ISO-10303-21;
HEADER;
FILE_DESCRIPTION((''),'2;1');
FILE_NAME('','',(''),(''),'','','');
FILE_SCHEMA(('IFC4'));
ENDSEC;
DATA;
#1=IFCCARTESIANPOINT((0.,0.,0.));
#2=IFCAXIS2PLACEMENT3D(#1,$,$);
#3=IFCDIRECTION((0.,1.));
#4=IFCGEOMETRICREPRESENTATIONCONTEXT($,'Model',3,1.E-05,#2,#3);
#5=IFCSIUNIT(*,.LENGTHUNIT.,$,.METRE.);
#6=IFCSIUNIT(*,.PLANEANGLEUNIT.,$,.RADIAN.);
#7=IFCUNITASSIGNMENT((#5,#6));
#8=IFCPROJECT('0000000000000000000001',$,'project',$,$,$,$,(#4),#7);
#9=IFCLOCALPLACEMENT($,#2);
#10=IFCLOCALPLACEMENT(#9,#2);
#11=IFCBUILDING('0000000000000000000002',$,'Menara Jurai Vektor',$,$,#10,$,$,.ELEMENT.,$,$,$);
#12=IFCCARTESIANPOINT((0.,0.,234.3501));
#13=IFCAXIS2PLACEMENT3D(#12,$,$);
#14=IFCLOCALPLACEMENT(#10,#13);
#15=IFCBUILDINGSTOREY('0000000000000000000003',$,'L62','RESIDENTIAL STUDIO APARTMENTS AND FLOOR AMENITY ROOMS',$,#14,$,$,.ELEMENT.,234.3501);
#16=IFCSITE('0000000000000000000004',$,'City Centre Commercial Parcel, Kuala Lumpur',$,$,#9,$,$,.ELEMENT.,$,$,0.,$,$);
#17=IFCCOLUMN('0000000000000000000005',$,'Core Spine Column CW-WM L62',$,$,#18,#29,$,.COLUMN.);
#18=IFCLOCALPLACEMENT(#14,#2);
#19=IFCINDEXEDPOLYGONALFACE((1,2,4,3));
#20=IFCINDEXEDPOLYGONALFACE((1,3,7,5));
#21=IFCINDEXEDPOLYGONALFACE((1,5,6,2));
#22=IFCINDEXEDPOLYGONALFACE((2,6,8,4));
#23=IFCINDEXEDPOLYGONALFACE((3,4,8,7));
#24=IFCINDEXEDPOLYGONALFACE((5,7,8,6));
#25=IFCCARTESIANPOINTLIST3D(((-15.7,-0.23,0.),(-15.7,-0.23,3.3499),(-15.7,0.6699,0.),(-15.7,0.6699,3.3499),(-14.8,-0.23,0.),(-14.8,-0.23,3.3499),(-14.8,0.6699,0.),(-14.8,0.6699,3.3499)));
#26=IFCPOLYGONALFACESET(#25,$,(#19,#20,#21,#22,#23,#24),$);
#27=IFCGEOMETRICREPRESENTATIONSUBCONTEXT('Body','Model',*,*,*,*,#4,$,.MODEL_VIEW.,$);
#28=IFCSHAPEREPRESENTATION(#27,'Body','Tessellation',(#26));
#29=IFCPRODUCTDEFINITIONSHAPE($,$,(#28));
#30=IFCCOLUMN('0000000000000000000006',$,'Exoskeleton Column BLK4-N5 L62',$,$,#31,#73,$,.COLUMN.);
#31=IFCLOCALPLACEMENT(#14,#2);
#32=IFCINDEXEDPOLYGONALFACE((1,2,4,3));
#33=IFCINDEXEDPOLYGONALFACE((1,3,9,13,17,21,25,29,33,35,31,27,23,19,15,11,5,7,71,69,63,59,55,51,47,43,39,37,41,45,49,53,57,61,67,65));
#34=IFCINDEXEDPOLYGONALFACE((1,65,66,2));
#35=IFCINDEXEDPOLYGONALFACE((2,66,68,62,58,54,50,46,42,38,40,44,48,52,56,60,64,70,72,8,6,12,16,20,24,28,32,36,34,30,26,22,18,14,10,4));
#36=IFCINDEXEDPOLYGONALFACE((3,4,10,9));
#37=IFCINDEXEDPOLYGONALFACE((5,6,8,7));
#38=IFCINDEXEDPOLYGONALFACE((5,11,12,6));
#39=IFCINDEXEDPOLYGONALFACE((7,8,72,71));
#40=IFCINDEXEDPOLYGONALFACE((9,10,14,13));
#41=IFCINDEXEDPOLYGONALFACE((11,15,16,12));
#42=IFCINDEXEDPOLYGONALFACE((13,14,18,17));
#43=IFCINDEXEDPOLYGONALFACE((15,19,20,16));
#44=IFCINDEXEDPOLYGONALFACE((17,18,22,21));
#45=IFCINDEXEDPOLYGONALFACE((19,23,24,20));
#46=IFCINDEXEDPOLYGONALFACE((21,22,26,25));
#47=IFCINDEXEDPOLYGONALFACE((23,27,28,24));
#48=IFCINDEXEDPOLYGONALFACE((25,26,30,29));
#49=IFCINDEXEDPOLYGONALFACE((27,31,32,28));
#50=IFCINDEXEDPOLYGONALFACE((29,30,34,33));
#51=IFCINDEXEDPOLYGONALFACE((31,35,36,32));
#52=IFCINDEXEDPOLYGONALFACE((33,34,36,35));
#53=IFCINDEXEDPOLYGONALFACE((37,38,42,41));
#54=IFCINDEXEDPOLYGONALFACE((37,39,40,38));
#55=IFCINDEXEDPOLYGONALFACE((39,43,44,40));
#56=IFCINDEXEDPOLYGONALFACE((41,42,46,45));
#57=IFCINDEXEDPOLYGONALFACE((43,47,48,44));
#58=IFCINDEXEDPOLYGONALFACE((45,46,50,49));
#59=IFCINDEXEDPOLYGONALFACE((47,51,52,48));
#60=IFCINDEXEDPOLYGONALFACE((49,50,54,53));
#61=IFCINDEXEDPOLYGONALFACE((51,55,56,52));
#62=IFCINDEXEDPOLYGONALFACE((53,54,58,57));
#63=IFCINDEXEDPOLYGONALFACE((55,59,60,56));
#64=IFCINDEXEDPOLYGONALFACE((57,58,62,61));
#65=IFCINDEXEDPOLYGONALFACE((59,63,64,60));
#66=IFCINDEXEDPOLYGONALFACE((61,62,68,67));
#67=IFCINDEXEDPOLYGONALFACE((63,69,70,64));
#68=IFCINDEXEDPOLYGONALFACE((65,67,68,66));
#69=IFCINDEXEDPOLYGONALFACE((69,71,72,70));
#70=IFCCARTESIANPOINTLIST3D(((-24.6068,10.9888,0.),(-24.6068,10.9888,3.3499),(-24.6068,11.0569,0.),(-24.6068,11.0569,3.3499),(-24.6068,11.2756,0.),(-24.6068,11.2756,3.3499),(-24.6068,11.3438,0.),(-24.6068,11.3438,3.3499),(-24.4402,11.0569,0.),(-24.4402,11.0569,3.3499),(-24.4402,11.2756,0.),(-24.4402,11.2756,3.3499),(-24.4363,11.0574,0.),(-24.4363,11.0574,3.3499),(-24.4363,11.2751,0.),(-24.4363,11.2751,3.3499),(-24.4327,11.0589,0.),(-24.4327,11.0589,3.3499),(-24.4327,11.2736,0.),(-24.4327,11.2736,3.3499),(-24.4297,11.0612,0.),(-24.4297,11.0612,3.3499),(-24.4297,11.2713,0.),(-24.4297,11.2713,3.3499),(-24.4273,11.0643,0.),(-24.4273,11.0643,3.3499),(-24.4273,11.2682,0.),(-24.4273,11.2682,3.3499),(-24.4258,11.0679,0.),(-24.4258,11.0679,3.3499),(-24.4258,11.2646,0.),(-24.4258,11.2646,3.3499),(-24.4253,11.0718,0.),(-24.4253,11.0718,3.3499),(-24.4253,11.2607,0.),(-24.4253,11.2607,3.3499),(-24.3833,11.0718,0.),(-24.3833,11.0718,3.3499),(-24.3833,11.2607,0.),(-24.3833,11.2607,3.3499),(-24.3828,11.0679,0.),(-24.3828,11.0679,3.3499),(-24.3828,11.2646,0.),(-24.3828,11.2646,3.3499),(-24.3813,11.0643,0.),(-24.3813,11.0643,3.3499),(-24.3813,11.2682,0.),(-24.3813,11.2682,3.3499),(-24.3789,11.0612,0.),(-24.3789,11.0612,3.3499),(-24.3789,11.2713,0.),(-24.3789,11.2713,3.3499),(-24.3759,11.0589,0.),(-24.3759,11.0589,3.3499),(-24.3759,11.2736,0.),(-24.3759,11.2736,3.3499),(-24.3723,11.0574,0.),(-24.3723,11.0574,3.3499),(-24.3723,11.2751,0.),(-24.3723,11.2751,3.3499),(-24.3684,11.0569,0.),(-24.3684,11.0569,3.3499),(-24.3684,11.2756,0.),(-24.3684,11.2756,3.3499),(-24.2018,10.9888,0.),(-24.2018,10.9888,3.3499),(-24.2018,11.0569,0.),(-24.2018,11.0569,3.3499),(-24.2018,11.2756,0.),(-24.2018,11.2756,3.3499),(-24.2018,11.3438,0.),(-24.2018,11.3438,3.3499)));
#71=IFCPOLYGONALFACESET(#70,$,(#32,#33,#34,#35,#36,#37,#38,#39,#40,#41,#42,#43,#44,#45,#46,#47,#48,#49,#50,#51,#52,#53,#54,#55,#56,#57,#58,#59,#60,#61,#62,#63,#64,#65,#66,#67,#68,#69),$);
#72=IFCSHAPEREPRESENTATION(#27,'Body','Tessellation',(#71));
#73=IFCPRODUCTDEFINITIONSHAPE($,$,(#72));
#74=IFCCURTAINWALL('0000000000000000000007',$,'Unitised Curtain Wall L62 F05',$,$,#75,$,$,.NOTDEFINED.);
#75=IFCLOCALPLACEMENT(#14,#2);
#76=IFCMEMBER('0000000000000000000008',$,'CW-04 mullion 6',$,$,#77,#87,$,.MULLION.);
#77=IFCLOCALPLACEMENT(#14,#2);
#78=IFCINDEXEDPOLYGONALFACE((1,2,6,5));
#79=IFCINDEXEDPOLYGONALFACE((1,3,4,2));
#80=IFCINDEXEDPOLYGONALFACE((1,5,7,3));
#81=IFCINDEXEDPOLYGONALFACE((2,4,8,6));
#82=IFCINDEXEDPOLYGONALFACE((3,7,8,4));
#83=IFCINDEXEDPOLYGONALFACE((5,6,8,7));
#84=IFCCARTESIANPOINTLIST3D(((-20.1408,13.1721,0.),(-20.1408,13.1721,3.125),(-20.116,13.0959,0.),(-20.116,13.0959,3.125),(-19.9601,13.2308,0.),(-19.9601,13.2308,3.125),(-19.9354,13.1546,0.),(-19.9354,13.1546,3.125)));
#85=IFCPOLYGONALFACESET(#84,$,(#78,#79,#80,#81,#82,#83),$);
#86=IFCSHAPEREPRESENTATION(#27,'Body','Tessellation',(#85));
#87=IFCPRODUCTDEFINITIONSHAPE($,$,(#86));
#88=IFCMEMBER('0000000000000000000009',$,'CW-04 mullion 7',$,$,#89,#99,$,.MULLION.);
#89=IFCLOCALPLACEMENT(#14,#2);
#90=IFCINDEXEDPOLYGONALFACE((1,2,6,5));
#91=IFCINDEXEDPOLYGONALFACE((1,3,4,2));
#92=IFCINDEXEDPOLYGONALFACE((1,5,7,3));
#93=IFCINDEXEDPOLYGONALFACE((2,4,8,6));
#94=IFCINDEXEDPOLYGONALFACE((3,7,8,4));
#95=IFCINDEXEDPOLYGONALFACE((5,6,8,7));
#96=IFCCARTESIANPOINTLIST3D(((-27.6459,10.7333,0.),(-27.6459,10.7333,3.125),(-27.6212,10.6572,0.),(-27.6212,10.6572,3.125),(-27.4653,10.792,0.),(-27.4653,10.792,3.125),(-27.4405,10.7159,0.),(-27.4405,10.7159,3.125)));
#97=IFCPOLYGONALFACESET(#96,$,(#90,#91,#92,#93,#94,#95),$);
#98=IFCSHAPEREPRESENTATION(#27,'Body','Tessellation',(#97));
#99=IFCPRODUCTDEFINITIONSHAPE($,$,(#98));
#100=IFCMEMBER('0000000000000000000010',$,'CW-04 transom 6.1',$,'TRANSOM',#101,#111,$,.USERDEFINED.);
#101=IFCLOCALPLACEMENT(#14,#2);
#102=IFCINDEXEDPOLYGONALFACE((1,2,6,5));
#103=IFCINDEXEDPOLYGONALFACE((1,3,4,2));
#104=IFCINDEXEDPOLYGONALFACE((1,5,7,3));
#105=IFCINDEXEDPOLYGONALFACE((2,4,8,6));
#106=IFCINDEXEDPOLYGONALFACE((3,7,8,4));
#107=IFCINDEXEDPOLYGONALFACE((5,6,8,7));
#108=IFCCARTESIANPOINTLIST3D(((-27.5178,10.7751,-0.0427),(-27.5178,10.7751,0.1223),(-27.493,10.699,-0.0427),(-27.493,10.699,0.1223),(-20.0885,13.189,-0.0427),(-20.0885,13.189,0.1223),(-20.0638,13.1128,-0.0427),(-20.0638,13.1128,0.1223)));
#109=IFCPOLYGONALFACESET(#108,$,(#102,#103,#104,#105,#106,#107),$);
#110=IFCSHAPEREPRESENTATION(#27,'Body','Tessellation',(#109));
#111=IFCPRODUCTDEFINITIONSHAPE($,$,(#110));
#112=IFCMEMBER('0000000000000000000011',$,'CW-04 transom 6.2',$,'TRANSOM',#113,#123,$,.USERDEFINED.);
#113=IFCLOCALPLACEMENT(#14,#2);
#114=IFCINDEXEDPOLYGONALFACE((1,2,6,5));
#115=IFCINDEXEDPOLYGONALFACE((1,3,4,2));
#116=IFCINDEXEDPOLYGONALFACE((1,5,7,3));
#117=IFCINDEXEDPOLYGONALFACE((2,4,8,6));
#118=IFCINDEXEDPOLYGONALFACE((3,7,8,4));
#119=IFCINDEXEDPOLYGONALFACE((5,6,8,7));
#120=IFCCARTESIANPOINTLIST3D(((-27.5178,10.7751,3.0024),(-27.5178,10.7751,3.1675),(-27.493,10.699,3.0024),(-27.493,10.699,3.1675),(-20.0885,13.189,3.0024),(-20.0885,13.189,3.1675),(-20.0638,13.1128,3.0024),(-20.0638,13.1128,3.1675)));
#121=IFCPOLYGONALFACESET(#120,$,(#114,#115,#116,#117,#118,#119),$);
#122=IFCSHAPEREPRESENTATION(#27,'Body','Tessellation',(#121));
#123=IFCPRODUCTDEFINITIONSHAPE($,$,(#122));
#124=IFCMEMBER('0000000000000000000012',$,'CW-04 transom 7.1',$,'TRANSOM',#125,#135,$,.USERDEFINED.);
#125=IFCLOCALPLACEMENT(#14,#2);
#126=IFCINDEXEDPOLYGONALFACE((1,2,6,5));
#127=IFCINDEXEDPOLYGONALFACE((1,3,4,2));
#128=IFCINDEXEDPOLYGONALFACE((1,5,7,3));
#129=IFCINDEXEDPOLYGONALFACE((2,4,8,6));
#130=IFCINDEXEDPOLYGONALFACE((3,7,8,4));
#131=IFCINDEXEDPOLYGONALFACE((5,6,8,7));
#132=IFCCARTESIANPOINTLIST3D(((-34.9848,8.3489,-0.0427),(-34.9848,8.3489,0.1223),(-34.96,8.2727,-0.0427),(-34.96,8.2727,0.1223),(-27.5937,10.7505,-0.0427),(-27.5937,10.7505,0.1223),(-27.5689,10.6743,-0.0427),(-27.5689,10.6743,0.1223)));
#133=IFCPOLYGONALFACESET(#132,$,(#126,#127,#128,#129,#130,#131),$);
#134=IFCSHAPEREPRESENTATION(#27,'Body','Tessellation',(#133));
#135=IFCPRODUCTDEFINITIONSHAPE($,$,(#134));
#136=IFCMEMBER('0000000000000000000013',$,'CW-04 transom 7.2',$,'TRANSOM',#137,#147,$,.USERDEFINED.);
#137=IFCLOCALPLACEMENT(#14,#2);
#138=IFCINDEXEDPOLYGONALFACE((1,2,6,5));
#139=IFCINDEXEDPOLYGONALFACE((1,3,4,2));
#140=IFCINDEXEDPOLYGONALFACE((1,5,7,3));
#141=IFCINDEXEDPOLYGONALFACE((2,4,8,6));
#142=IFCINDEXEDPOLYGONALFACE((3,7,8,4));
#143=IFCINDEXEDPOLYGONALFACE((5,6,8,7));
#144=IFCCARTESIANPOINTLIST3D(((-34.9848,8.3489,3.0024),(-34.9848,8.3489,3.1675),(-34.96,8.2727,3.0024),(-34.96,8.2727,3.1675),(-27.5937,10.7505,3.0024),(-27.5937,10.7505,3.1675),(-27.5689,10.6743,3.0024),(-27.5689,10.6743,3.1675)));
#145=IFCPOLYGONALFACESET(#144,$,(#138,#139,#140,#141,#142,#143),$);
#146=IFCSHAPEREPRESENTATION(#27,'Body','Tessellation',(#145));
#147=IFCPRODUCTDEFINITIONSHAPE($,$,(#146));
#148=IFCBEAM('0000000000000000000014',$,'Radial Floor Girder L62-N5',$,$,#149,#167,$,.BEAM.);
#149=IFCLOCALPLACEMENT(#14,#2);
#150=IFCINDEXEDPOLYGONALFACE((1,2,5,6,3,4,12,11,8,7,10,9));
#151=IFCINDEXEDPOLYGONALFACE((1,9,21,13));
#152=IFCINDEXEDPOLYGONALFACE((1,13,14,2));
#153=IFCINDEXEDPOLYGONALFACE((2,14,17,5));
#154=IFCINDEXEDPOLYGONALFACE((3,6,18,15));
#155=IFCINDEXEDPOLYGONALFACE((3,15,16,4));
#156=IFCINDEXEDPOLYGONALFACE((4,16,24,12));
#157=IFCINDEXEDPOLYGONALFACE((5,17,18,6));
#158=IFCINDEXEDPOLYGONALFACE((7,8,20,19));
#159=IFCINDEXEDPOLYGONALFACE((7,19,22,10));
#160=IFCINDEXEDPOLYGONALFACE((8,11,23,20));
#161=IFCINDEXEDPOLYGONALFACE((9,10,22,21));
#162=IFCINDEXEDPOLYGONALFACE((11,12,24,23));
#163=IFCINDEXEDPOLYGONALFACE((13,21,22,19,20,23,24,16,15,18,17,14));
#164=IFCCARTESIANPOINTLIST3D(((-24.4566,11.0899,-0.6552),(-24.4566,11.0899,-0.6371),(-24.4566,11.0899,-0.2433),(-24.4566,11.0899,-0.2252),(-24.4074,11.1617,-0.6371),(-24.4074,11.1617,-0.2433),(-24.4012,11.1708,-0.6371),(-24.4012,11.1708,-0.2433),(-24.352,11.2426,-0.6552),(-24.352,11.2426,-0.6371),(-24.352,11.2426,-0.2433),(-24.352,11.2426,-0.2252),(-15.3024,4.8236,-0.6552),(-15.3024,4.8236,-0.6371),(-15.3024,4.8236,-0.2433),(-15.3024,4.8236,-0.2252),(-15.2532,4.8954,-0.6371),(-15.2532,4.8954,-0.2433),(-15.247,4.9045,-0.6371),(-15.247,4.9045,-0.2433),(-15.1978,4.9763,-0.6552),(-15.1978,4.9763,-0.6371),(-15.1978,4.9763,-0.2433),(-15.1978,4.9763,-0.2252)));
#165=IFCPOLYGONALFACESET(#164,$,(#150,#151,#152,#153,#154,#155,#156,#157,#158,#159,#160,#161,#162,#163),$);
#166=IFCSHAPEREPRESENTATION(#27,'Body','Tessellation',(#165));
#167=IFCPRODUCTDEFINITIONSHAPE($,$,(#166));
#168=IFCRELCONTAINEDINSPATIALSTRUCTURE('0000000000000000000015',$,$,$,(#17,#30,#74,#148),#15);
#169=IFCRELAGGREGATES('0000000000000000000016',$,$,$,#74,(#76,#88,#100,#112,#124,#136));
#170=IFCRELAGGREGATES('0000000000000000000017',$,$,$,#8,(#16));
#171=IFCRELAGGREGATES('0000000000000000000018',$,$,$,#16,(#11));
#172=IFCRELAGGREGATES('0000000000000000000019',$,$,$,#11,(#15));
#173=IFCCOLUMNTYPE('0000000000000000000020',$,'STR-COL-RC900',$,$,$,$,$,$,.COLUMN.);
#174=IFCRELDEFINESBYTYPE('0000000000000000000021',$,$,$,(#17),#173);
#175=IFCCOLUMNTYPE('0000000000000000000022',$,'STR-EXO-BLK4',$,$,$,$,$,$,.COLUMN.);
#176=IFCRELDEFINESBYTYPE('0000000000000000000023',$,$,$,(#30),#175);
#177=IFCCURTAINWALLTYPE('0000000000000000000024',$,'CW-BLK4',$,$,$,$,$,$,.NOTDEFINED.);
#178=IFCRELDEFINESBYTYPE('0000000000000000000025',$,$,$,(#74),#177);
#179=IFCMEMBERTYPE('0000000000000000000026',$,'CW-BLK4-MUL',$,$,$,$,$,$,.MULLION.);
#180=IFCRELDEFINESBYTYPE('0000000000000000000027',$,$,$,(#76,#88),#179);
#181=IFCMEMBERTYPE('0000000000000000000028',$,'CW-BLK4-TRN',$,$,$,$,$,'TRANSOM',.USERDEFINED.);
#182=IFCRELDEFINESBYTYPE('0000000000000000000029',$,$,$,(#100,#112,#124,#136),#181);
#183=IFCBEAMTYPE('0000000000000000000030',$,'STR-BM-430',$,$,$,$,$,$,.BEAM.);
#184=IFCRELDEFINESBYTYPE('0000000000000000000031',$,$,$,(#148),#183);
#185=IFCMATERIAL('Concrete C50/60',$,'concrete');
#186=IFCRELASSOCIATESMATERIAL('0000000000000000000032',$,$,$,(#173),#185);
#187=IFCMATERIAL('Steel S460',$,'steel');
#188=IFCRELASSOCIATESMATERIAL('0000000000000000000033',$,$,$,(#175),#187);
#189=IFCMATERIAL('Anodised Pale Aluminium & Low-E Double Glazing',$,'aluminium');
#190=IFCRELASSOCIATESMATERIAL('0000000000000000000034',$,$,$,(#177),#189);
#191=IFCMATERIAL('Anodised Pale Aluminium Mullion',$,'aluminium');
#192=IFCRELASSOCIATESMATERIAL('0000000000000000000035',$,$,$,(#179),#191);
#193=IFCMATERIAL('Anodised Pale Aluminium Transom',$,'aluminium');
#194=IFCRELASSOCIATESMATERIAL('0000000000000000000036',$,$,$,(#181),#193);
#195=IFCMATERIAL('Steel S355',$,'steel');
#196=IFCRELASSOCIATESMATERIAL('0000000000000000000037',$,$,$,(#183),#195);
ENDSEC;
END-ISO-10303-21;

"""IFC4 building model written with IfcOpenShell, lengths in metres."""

from ifc_helpers import new_model, si_unit, direction, frame, origin, origin_2d, place, context, subcontext, project, spatial, rectangle, i_section, extrude, material, material_profile, profile_set, type_object, element, aggregate, save


model = new_model("IFC4")

# Units and contexts
model_context = context("Model", 3, precision=1e-05, world=origin(), true_north=direction((0.0, 1.0)))
body_context = subcontext(model_context, "Body", "Model", "MODEL_VIEW")
ifc_project = project(units=[si_unit("LENGTHUNIT", "METRE"), si_unit("PLANEANGLEUNIT", "RADIAN")], contexts=[model_context])

# Site, building, storey
site_placement = place(None, origin())
site = spatial("IfcSite", under=ifc_project, at=site_placement, Name="City Centre Commercial Parcel, Kuala Lumpur", CompositionType="ELEMENT", RefElevation=0.0)
building_placement = place(site_placement, origin())
building = spatial("IfcBuilding", under=site, at=building_placement, Name="Menara Jurai Vektor", CompositionType="ELEMENT")
storey_placement = place(building_placement, frame((0.0, 0.0, 234.3501)))
storey = spatial("IfcBuildingStorey", under=building, at=storey_placement, Name="L62", Description="RESIDENTIAL STUDIO APARTMENTS AND FLOOR AMENITY ROOMS", CompositionType="ELEMENT", Elevation=234.3501)

# Columns
ifc_material_1 = material(Name="Concrete C50/60", Category="concrete")
ifc_material_profile_1 = material_profile(ifc_material_1, rectangle(XDim=0.8999, YDim=0.8999, at=origin_2d()), Name="RC 900x900")
ifc_profile_set_1 = profile_set([ifc_material_profile_1], Name="Concrete C50/60")
column_type_1 = type_object("IfcColumnType", Name="STR-COL-RC900", PredefinedType="COLUMN", material=ifc_profile_set_1)
column_1_placement = place(storey_placement, frame((-15.25, 0.22, 0.0), z_axis=(0.0, 0.0, 1.0), x_axis=(1.0, 0.0, 0.0)))
element("IfcColumn", 1, at=column_1_placement, inside=storey, type_object=column_type_1, Name="Core Spine Column CW-WM L62", PredefinedType="COLUMN", context=body_context, shape_type="SweptSolid", body=[
    extrude(rectangle(XDim=0.8999, YDim=0.8999, at=origin_2d()), origin(), (0.0, 0.0, 1.0), 3.3499),
])
ifc_material_2 = material(Name="Steel S460", Category="steel")
ifc_material_profile_2 = material_profile(ifc_material_2, i_section(OverallWidth=0.405, OverallDepth=0.355, WebThickness=0.042, FlangeThickness=0.0681, FilletRadius=0.0149, at=origin_2d()), Name="HD 400x551")
ifc_profile_set_2 = profile_set([ifc_material_profile_2], Name="Steel S460")
column_type_2 = type_object("IfcColumnType", Name="STR-EXO-BLK4", PredefinedType="COLUMN", material=ifc_profile_set_2)
column_2_placement = place(storey_placement, frame((-24.4043, 11.1663, 0.0), z_axis=(0.0, 0.0, 1.0), x_axis=(1.0, 0.0, 0.0)))
element("IfcColumn", 2, at=column_2_placement, inside=storey, type_object=column_type_2, Name="Exoskeleton Column BLK4-N5 L62", PredefinedType="COLUMN", context=body_context, shape_type="SweptSolid", body=[
    extrude(i_section(OverallWidth=0.405, OverallDepth=0.355, WebThickness=0.042, FlangeThickness=0.0681, FilletRadius=0.0149, at=origin_2d()), origin(), (0.0, 0.0, 1.0), 3.3499),
])

# Curtain wall, members
ifc_material_3 = material(Name="Anodised Pale Aluminium & Low-E Double Glazing", Category="aluminium")
curtain_wall_type = type_object("IfcCurtainWallType", Name="CW-BLK4", PredefinedType="NOTDEFINED", material=ifc_material_3)
curtain_wall_placement = place(storey_placement, origin())
curtain_wall = element("IfcCurtainWall", 3, at=curtain_wall_placement, inside=storey, type_object=curtain_wall_type, Name="Unitised Curtain Wall L62 F05", PredefinedType="NOTDEFINED")
ifc_material_4 = material(Name="Anodised Pale Aluminium Mullion", Category="aluminium")
ifc_material_profile_3 = material_profile(ifc_material_4, rectangle(XDim=0.0801, YDim=0.1899, at=origin_2d()), Name="ALU MUL 80x190")
ifc_profile_set_3 = profile_set([ifc_material_profile_3], Name="Anodised Pale Aluminium Mullion")
member_type_1 = type_object("IfcMemberType", Name="CW-BLK4-MUL", PredefinedType="MULLION", material=ifc_profile_set_3)
member_1_placement = place(storey_placement, frame((-20.0381, 13.1633, 0.0), z_axis=(0.0, 0.0, 1.0), x_axis=(0.309017, -0.951056, 0.0)))
member_1 = element("IfcMember", 4, at=member_1_placement, type_object=member_type_1, Name="CW-04 mullion 6", PredefinedType="MULLION", context=body_context, shape_type="SweptSolid", body=[
    extrude(rectangle(XDim=0.0801, YDim=0.1899, at=origin_2d()), origin(), (0.0, 0.0, 1.0), 3.125),
])
member_2_placement = place(storey_placement, frame((-27.5432, 10.7246, 0.0), z_axis=(0.0, 0.0, 1.0), x_axis=(0.309017, -0.951056, 0.0)))
member_2 = element("IfcMember", 5, at=member_2_placement, type_object=member_type_1, Name="CW-04 mullion 7", PredefinedType="MULLION", context=body_context, shape_type="SweptSolid", body=[
    extrude(rectangle(XDim=0.0801, YDim=0.1899, at=origin_2d()), origin(), (0.0, 0.0, 1.0), 3.125),
])
ifc_material_5 = material(Name="Anodised Pale Aluminium Transom", Category="aluminium")
ifc_material_profile_4 = material_profile(ifc_material_5, rectangle(XDim=0.0801, YDim=0.165, at=origin_2d()), Name="ALU TRN 80x165")
ifc_profile_set_4 = profile_set([ifc_material_profile_4], Name="Anodised Pale Aluminium Transom")
member_type_2 = type_object("IfcMemberType", Name="CW-BLK4-TRN", ElementType="TRANSOM", PredefinedType="USERDEFINED", material=ifc_profile_set_4)
member_3_placement = place(storey_placement, frame((-20.0762, 13.1509, 0.0398), z_axis=(-0.951059, -0.309008, 0.0), x_axis=(0.309008, -0.951059, 0.0)))
member_3 = element("IfcMember", 6, at=member_3_placement, type_object=member_type_2, Name="CW-04 transom 6.1", ObjectType="TRANSOM", PredefinedType="USERDEFINED", context=body_context, shape_type="SweptSolid", body=[
    extrude(rectangle(XDim=0.0801, YDim=0.165, at=origin_2d()), origin(), (0.0, 0.0, 1.0), 7.8115),
])
member_4_placement = place(storey_placement, frame((-20.0762, 13.1509, 3.085), z_axis=(-0.951059, -0.309008, 0.0), x_axis=(0.309008, -0.951059, 0.0)))
member_4 = element("IfcMember", 7, at=member_4_placement, type_object=member_type_2, Name="CW-04 transom 6.2", ObjectType="TRANSOM", PredefinedType="USERDEFINED", context=body_context, shape_type="SweptSolid", body=[
    extrude(rectangle(XDim=0.0801, YDim=0.165, at=origin_2d()), origin(), (0.0, 0.0, 1.0), 7.8115),
])
member_5_placement = place(storey_placement, frame((-27.5813, 10.7124, 0.0398), z_axis=(-0.951053, -0.309028, 0.0), x_axis=(0.309028, -0.951053, 0.0)))
member_5 = element("IfcMember", 8, at=member_5_placement, type_object=member_type_2, Name="CW-04 transom 7.1", ObjectType="TRANSOM", PredefinedType="USERDEFINED", context=body_context, shape_type="SweptSolid", body=[
    extrude(rectangle(XDim=0.0801, YDim=0.165, at=origin_2d()), origin(), (0.0, 0.0, 1.0), 7.7715),
])
member_6_placement = place(storey_placement, frame((-27.5813, 10.7124, 3.085), z_axis=(-0.951053, -0.309028, 0.0), x_axis=(0.309028, -0.951053, 0.0)))
member_6 = element("IfcMember", 9, at=member_6_placement, type_object=member_type_2, Name="CW-04 transom 7.2", ObjectType="TRANSOM", PredefinedType="USERDEFINED", context=body_context, shape_type="SweptSolid", body=[
    extrude(rectangle(XDim=0.0801, YDim=0.165, at=origin_2d()), origin(), (0.0, 0.0, 1.0), 7.7715),
])

# Beam
ifc_material_6 = material(Name="Steel S355", Category="steel")
ifc_material_profile_5 = material_profile(ifc_material_6, i_section(OverallWidth=0.1851, OverallDepth=0.4299, WebThickness=0.011, FlangeThickness=0.0181, at=origin_2d()), Name="PG 430x185x76")
ifc_profile_set_5 = profile_set([ifc_material_profile_5], Name="Steel S355")
beam_type_1 = type_object("IfcBeamType", Name="STR-BM-430", PredefinedType="BEAM", material=ifc_profile_set_5)
beam_1_placement = place(storey_placement, frame((-24.4043, 11.1663, -0.4402), z_axis=(0.825186, -0.564861, 0.0), x_axis=(0.564861, 0.825186, 0.0)))
element("IfcBeam", 10, at=beam_1_placement, inside=storey, type_object=beam_type_1, Name="Radial Floor Girder L62-N5", PredefinedType="BEAM", context=body_context, shape_type="SweptSolid", body=[
    extrude(i_section(OverallWidth=0.1851, OverallDepth=0.4299, WebThickness=0.011, FlangeThickness=0.0181, at=origin_2d()), origin(), (0.0, 0.0, 1.0), 11.0935),
])

aggregate(curtain_wall, [member_1, member_2, member_3, member_4, member_5, member_6])

save(model, "model.ifc")
